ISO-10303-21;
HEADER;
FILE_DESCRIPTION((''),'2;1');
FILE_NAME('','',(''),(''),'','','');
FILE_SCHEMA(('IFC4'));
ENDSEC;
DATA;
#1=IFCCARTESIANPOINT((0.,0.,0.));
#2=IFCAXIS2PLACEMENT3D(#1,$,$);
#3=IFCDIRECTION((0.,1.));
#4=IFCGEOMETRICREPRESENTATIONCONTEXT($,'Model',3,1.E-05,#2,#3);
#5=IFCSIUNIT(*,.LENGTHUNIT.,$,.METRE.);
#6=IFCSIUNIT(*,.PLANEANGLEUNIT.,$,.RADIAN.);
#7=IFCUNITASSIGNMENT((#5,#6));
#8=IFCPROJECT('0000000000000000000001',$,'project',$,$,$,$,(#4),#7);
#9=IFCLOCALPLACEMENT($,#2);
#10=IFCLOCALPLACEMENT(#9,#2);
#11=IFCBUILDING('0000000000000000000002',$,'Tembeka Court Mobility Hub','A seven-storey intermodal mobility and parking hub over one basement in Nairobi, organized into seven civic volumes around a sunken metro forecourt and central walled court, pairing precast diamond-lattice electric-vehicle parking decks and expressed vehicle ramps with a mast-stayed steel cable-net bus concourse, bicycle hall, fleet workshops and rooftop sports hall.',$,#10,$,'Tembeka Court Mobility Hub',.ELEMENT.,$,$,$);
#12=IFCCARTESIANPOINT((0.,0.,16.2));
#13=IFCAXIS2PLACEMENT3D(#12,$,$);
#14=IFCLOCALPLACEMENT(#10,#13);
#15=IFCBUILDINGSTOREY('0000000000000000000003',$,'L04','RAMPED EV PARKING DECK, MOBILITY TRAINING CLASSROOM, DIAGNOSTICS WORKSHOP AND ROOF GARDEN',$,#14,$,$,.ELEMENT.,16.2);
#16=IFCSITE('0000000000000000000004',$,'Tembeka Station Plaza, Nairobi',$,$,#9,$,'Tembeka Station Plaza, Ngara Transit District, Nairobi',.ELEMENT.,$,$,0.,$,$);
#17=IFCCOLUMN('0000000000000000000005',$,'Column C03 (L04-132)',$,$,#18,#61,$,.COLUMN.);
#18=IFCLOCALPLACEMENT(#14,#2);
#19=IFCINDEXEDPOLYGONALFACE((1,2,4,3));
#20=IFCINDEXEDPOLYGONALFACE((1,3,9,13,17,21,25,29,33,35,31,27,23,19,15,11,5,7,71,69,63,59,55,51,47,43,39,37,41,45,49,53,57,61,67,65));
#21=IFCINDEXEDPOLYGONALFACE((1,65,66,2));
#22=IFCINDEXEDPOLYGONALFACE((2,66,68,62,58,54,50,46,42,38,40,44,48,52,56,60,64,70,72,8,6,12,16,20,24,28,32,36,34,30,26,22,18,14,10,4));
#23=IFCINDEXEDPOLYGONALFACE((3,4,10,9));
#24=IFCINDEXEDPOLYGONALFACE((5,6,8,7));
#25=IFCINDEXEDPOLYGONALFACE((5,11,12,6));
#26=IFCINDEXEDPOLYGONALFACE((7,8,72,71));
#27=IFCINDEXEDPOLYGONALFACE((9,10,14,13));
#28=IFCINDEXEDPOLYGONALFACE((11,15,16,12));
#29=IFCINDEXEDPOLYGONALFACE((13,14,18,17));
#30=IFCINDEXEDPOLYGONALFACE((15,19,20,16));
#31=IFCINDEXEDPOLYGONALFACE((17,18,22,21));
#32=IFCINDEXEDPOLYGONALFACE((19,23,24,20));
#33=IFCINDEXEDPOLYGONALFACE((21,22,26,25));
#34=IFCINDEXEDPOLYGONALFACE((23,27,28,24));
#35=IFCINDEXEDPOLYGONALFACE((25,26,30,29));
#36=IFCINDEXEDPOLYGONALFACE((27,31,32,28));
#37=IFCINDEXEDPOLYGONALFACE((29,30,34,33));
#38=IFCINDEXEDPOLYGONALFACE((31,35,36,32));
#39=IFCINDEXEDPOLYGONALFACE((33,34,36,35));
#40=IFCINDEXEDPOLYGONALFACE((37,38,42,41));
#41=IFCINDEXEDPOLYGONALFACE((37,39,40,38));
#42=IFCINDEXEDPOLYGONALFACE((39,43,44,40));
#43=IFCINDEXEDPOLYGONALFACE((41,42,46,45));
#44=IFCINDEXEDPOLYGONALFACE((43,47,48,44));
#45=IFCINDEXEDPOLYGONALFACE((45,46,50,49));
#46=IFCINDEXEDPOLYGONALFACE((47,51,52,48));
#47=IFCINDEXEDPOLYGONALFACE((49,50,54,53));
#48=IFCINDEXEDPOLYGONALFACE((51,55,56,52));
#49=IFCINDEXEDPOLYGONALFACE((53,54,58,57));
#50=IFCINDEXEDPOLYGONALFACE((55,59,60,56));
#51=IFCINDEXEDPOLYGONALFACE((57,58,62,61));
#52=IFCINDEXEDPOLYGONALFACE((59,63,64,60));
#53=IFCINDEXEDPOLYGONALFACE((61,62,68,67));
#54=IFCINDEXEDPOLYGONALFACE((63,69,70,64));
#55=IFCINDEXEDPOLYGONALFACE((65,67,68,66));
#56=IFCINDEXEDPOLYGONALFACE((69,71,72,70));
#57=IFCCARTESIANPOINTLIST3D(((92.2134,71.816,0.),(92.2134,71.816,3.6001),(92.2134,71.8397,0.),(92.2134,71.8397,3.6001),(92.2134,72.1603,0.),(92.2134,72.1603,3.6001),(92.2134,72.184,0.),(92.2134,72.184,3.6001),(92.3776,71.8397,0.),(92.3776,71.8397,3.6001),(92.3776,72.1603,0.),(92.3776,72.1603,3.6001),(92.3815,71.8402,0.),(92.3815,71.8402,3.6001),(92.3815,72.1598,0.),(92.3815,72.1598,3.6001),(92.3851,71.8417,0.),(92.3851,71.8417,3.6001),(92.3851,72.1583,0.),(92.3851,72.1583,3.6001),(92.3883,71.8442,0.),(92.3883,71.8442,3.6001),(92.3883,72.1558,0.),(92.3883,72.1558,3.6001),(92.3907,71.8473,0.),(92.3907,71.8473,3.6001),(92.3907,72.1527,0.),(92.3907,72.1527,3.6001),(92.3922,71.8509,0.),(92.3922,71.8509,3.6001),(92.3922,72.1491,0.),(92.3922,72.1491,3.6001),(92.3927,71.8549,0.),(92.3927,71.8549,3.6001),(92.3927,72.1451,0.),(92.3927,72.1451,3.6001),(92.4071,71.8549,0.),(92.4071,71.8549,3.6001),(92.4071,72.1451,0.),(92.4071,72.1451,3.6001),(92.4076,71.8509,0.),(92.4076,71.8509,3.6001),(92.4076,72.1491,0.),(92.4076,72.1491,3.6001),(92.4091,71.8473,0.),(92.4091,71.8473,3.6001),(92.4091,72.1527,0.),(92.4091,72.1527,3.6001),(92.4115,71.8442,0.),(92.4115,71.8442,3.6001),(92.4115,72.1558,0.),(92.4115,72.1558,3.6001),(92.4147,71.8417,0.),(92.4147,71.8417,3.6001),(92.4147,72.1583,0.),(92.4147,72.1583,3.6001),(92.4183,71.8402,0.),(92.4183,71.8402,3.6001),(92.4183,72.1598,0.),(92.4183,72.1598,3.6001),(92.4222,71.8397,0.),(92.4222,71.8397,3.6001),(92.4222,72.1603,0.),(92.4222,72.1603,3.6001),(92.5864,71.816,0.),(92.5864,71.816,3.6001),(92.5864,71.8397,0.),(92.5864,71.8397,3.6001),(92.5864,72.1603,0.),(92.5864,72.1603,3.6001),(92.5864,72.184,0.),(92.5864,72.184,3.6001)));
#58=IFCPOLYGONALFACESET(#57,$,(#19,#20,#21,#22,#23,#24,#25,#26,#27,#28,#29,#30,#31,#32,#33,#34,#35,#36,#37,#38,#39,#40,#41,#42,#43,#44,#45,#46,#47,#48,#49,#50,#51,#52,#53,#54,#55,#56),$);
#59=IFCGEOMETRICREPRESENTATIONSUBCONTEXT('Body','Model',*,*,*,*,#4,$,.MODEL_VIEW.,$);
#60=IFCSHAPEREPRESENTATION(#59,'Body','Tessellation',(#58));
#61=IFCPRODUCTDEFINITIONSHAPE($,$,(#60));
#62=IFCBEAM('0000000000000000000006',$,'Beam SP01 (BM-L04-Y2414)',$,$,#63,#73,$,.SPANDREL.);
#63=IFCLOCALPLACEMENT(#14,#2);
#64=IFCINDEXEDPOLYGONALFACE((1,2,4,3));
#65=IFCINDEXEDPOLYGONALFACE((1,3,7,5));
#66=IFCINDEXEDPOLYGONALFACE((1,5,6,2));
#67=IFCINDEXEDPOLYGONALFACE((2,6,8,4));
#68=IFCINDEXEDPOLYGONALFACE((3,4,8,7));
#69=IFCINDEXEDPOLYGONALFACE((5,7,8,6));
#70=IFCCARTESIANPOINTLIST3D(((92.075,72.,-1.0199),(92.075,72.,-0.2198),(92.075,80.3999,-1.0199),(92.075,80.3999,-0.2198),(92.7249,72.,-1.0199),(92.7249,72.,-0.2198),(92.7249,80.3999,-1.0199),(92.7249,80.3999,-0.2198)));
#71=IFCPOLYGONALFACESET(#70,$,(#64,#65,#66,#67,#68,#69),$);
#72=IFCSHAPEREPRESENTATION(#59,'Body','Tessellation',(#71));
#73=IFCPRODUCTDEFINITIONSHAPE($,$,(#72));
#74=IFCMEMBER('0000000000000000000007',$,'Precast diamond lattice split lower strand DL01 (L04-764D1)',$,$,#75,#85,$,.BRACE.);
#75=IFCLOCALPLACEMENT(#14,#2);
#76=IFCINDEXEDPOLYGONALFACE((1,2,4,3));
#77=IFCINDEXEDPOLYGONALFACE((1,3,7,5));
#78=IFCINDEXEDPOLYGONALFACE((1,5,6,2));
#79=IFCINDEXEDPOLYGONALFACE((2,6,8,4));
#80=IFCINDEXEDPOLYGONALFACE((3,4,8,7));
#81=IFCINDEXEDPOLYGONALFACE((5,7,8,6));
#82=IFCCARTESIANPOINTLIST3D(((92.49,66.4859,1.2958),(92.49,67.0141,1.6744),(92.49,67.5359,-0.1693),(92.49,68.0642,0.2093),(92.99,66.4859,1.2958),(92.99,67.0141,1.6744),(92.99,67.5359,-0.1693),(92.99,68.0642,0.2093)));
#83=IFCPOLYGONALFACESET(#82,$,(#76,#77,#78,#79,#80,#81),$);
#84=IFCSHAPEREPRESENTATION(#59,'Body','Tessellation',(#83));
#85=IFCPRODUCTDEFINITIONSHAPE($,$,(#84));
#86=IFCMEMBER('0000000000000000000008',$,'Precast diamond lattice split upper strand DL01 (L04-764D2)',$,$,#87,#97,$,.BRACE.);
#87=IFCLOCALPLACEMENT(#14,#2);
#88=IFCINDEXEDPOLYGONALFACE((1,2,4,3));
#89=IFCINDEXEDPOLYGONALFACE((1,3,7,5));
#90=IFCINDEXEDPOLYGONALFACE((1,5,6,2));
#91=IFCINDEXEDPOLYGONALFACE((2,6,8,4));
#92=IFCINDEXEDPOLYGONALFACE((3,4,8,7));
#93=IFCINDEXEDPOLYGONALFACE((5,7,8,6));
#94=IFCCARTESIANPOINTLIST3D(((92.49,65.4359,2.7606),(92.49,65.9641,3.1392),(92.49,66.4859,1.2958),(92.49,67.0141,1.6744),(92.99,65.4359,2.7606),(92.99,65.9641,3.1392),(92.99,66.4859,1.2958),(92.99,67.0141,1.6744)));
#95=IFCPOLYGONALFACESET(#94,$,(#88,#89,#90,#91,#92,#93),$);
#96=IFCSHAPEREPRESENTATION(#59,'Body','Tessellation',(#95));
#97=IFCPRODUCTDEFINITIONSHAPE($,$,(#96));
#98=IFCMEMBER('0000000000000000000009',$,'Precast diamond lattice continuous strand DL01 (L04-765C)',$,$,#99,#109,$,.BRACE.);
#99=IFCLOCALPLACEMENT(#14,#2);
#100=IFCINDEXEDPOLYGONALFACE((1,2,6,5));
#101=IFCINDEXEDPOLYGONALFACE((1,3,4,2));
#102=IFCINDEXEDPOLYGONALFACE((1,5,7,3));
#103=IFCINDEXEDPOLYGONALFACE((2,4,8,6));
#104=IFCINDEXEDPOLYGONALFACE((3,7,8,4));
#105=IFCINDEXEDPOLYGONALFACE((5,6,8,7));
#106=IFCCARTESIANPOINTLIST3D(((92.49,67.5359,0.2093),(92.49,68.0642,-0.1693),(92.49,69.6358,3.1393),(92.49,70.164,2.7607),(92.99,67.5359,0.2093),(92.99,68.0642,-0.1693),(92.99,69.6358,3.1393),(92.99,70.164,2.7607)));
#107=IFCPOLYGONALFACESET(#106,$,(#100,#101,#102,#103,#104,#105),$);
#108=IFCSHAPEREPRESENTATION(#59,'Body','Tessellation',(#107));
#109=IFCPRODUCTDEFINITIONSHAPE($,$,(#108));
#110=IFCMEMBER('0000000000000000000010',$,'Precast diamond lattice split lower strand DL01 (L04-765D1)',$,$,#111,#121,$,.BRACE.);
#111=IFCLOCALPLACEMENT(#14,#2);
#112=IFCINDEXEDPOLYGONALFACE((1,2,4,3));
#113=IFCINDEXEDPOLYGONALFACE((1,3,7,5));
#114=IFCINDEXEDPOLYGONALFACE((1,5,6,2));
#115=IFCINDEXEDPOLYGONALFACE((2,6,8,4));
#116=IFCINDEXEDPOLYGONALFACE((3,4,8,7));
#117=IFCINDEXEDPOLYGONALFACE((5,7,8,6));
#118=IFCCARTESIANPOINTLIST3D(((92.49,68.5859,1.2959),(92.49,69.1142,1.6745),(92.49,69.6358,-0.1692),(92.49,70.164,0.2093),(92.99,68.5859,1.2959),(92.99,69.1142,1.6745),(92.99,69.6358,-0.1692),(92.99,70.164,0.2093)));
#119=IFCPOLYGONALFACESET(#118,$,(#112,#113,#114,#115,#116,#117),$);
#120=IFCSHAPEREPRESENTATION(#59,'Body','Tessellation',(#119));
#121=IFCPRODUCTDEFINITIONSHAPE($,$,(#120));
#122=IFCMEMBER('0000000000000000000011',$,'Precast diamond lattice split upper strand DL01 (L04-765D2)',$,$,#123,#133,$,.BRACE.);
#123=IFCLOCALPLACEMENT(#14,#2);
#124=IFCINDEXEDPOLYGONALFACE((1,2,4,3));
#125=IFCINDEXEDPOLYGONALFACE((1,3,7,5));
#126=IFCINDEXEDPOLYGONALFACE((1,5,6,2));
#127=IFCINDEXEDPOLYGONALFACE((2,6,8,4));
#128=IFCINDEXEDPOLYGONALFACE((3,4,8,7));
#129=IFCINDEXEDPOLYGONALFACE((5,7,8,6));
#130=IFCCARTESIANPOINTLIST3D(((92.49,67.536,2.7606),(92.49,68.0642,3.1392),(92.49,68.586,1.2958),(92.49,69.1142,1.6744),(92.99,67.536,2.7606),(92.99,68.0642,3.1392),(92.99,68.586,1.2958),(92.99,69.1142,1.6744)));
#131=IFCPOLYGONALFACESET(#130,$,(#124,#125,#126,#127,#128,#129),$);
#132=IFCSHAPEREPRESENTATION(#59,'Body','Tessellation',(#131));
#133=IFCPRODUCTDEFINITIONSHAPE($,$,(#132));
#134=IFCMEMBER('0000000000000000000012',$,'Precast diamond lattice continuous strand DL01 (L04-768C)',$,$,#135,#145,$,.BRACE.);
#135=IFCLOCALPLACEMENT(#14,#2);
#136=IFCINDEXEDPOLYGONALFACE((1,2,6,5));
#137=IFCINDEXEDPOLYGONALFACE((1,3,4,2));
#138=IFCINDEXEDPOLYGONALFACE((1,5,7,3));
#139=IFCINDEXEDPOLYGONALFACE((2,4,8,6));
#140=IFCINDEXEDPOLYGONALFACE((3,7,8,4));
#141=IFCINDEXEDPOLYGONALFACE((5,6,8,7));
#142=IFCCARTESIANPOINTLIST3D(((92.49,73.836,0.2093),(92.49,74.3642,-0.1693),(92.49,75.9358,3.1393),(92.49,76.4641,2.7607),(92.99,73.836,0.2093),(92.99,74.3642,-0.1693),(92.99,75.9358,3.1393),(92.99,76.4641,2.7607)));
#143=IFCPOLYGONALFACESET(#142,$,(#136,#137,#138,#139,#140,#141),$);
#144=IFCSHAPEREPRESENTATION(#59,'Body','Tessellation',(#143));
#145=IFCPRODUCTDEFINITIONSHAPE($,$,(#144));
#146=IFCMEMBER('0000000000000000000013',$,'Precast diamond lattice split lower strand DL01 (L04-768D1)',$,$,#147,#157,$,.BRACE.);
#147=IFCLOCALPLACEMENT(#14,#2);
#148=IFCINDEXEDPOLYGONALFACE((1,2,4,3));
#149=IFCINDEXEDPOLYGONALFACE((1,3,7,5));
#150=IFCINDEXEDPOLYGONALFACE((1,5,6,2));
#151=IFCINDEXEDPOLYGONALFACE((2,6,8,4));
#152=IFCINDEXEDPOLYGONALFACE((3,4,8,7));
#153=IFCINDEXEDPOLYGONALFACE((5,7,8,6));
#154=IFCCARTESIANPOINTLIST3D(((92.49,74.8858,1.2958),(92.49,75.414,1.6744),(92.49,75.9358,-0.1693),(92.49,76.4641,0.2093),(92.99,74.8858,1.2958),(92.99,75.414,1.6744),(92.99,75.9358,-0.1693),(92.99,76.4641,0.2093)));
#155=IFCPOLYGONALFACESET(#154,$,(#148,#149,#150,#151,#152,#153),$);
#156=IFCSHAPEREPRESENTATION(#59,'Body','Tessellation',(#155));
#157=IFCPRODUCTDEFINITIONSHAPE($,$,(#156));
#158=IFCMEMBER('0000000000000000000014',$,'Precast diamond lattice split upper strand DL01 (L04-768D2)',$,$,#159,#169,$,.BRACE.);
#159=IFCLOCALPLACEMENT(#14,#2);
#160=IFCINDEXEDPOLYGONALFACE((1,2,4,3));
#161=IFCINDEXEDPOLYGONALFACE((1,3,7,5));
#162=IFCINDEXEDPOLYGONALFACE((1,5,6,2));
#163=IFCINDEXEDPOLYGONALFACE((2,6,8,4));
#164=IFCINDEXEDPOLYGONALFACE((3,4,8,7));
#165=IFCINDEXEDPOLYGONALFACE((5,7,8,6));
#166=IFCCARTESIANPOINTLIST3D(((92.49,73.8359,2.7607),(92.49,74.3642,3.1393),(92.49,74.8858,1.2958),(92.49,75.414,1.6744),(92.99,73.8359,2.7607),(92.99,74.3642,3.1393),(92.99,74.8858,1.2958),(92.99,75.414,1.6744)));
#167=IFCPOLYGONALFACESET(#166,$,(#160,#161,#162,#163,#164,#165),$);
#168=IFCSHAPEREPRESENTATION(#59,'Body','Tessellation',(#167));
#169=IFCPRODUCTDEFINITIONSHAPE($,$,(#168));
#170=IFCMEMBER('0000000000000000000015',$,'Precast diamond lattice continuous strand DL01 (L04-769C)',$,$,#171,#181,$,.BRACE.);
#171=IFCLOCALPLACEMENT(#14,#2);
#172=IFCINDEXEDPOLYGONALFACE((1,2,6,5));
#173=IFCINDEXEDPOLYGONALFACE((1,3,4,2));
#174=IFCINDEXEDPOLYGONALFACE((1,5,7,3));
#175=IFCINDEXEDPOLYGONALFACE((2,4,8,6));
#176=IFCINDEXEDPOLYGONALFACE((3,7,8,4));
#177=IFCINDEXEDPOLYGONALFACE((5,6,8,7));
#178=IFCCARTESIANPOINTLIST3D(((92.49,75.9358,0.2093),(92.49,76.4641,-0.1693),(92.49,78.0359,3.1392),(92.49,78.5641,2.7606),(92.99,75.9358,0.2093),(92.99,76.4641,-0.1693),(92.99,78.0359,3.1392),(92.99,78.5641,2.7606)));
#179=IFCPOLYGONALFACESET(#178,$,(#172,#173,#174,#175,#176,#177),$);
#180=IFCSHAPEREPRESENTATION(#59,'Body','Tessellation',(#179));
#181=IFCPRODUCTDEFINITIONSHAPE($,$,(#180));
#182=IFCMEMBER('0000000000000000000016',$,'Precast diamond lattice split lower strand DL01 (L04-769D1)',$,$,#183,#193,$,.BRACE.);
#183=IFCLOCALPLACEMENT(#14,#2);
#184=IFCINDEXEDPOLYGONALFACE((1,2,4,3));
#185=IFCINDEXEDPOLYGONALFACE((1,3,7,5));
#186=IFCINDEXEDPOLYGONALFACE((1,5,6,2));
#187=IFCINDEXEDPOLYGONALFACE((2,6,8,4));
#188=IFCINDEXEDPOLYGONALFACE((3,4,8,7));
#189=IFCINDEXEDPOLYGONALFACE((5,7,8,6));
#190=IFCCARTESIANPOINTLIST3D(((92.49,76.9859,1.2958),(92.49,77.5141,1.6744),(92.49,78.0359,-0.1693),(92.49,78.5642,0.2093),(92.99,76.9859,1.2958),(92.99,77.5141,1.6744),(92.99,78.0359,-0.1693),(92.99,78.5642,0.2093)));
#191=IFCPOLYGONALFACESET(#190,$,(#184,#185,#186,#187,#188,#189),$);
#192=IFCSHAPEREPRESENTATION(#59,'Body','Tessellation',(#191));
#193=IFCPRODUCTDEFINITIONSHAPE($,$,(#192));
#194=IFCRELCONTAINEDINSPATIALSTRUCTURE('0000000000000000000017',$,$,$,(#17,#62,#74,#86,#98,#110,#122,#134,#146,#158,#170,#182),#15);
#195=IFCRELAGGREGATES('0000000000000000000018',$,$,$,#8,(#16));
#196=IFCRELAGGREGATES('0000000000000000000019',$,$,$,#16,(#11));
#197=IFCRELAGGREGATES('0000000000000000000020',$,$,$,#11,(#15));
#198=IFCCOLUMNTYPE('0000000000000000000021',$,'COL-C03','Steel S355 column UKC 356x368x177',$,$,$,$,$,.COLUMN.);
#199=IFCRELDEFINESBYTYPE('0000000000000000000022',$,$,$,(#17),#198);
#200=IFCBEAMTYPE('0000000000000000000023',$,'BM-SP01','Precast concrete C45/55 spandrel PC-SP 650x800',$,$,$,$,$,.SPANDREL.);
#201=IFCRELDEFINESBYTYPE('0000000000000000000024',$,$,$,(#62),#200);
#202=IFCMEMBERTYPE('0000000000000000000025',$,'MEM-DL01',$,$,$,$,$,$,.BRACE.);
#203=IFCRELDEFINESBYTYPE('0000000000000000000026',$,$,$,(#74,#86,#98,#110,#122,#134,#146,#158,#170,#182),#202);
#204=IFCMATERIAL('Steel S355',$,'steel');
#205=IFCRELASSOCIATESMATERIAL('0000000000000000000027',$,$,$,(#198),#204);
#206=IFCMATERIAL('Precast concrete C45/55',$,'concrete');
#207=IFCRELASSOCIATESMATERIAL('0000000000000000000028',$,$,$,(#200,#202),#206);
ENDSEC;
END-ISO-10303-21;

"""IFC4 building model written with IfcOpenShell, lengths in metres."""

from ifc_helpers import new_model, si_unit, direction, frame, origin, origin_2d, place, context, subcontext, project, spatial, rectangle, i_section, extrude, material, material_profile, profile_set, type_object, element, save


model = new_model("IFC4")

# Units and contexts
model_context = context("Model", 3, precision=1e-05, world=origin(), true_north=direction((0.0, 1.0)))
body_context = subcontext(model_context, "Body", "Model", "MODEL_VIEW")
ifc_project = project(units=[si_unit("LENGTHUNIT", "METRE"), si_unit("PLANEANGLEUNIT", "RADIAN")], contexts=[model_context])

# Site, building, storey
site_placement = place(None, origin())
site = spatial("IfcSite", under=ifc_project, at=site_placement, Name="Tembeka Station Plaza, Nairobi", LongName="Tembeka Station Plaza, Ngara Transit District, Nairobi", CompositionType="ELEMENT", RefElevation=0.0)
building_placement = place(site_placement, origin())
building = spatial("IfcBuilding", under=site, at=building_placement, Name="Tembeka Court Mobility Hub", Description="A seven-storey intermodal mobility and parking hub over one basement in Nairobi, organized into seven civic volumes around a sunken metro forecourt and central walled court, pairing precast diamond-lattice electric-vehicle parking decks and expressed vehicle ramps with a mast-stayed steel cable-net bus concourse, bicycle hall, fleet workshops and rooftop sports hall.", LongName="Tembeka Court Mobility Hub", CompositionType="ELEMENT")
storey_placement = place(building_placement, frame((0.0, 0.0, 16.2)))
storey = spatial("IfcBuildingStorey", under=building, at=storey_placement, Name="L04", Description="RAMPED EV PARKING DECK, MOBILITY TRAINING CLASSROOM, DIAGNOSTICS WORKSHOP AND ROOF GARDEN", CompositionType="ELEMENT", Elevation=16.2)

# Column
ifc_material_1 = material(Name="Steel S355", Category="steel")
ifc_material_profile_1 = material_profile(ifc_material_1, i_section(OverallWidth=0.373, OverallDepth=0.3679, WebThickness=0.0144, FlangeThickness=0.0237, FilletRadius=0.0151, at=origin_2d()), Name="UKC 356x368x177")
ifc_profile_set_1 = profile_set([ifc_material_profile_1], Name="Steel S355")
column_type = type_object("IfcColumnType", Name="COL-C03", Description="Steel S355 column UKC 356x368x177", PredefinedType="COLUMN", material=ifc_profile_set_1)
column_placement = place(storey_placement, frame((92.3999, 72.0, 0.0), z_axis=(0.0, 0.0, 1.0), x_axis=(1.0, 0.0, 0.0)))
element("IfcColumn", 1, at=column_placement, inside=storey, type_object=column_type, Name="Column C03 (L04-132)", PredefinedType="COLUMN", context=body_context, shape_type="SweptSolid", body=[
    extrude(i_section(OverallWidth=0.373, OverallDepth=0.3679, WebThickness=0.0144, FlangeThickness=0.0237, FilletRadius=0.0151, at=origin_2d()), origin(), (0.0, 0.0, 1.0), 3.6001),
])

# Beam
ifc_material_2 = material(Name="Precast concrete C45/55", Category="concrete")
ifc_material_profile_2 = material_profile(ifc_material_2, rectangle(XDim=0.6499, YDim=0.8, at=origin_2d()), Name="PC-SP 650x800")
ifc_profile_set_2 = profile_set([ifc_material_profile_2], Name="Precast concrete C45/55")
beam_type = type_object("IfcBeamType", Name="BM-SP01", Description="Precast concrete C45/55 spandrel PC-SP 650x800", PredefinedType="SPANDREL", material=ifc_profile_set_2)
beam_placement = place(storey_placement, frame((92.3999, 72.0, -0.6199), z_axis=(0.0, 1.0, 0.0), x_axis=(-1.0, 0.0, 0.0)))
element("IfcBeam", 2, at=beam_placement, inside=storey, type_object=beam_type, Name="Beam SP01 (BM-L04-Y2414)", PredefinedType="SPANDREL", context=body_context, shape_type="SweptSolid", body=[
    extrude(rectangle(XDim=0.6499, YDim=0.8, at=origin_2d()), origin(), (0.0, 0.0, 1.0), 8.3999),
])

# Members
ifc_material_profile_3 = material_profile(ifc_material_2, rectangle(XDim=0.5, YDim=0.6499, at=origin_2d()), Name="PC-DIAG 500x650")
ifc_profile_set_3 = profile_set([ifc_material_profile_3], Name="Precast concrete C45/55")
member_type_1 = type_object("IfcMemberType", Name="MEM-DL01", PredefinedType="BRACE", material=ifc_profile_set_3)
member_1_placement = place(storey_placement, frame((92.74, 67.8, 0.02), z_axis=(0.0, -0.582544, 0.812799), x_axis=(1.0, 0.0, 0.0)))
element("IfcMember", 3, at=member_1_placement, inside=storey, type_object=member_type_1, Name="Precast diamond lattice split lower strand DL01 (L04-764D1)", PredefinedType="BRACE", context=body_context, shape_type="SweptSolid", body=[
    extrude(rectangle(XDim=0.5, YDim=0.6499, at=origin_2d()), origin(), (0.0, 0.0, 1.0), 1.8025),
])
member_2_placement = place(storey_placement, frame((92.74, 66.75, 1.4851), z_axis=(0.0, -0.582608, 0.812753), x_axis=(1.0, 0.0, 0.0)))
element("IfcMember", 4, at=member_2_placement, inside=storey, type_object=member_type_1, Name="Precast diamond lattice split upper strand DL01 (L04-764D2)", PredefinedType="BRACE", context=body_context, shape_type="SweptSolid", body=[
    extrude(rectangle(XDim=0.5, YDim=0.6499, at=origin_2d()), origin(), (0.0, 0.0, 1.0), 1.8022),
])
member_3_placement = place(storey_placement, frame((92.74, 67.8, 0.02), z_axis=(0.0, 0.582532, 0.812808), x_axis=(-1.0, 0.0, 0.0)))
element("IfcMember", 5, at=member_3_placement, inside=storey, type_object=member_type_1, Name="Precast diamond lattice continuous strand DL01 (L04-765C)", PredefinedType="BRACE", context=body_context, shape_type="SweptSolid", body=[
    extrude(rectangle(XDim=0.5, YDim=0.6499, at=origin_2d()), origin(), (0.0, 0.0, 1.0), 3.6047),
])
member_4_placement = place(storey_placement, frame((92.74, 69.8999, 0.02), z_axis=(0.0, -0.582455, 0.812863), x_axis=(1.0, 0.0, 0.0)))
element("IfcMember", 6, at=member_4_placement, inside=storey, type_object=member_type_1, Name="Precast diamond lattice split lower strand DL01 (L04-765D1)", PredefinedType="BRACE", context=body_context, shape_type="SweptSolid", body=[
    extrude(rectangle(XDim=0.5, YDim=0.6499, at=origin_2d()), origin(), (0.0, 0.0, 1.0), 1.8025),
])
member_5_placement = place(storey_placement, frame((92.74, 68.8501, 1.4851), z_axis=(0.0, -0.582608, 0.812753), x_axis=(1.0, 0.0, 0.0)))
element("IfcMember", 7, at=member_5_placement, inside=storey, type_object=member_type_1, Name="Precast diamond lattice split upper strand DL01 (L04-765D2)", PredefinedType="BRACE", context=body_context, shape_type="SweptSolid", body=[
    extrude(rectangle(XDim=0.5, YDim=0.6499, at=origin_2d()), origin(), (0.0, 0.0, 1.0), 1.8022),
])
member_6_placement = place(storey_placement, frame((92.74, 74.1001, 0.02), z_axis=(0.0, 0.582532, 0.812808), x_axis=(-1.0, 0.0, 0.0)))
element("IfcMember", 8, at=member_6_placement, inside=storey, type_object=member_type_1, Name="Precast diamond lattice continuous strand DL01 (L04-768C)", PredefinedType="BRACE", context=body_context, shape_type="SweptSolid", body=[
    extrude(rectangle(XDim=0.5, YDim=0.6499, at=origin_2d()), origin(), (0.0, 0.0, 1.0), 3.6047),
])
member_7_placement = place(storey_placement, frame((92.74, 76.2, 0.02), z_axis=(0.0, -0.582544, 0.812799), x_axis=(1.0, 0.0, 0.0)))
element("IfcMember", 9, at=member_7_placement, inside=storey, type_object=member_type_1, Name="Precast diamond lattice split lower strand DL01 (L04-768D1)", PredefinedType="BRACE", context=body_context, shape_type="SweptSolid", body=[
    extrude(rectangle(XDim=0.5, YDim=0.6499, at=origin_2d()), origin(), (0.0, 0.0, 1.0), 1.8025),
])
member_8_placement = place(storey_placement, frame((92.74, 75.1499, 1.4851), z_axis=(0.0, -0.582519, 0.812817), x_axis=(1.0, 0.0, 0.0)))
element("IfcMember", 10, at=member_8_placement, inside=storey, type_object=member_type_1, Name="Precast diamond lattice split upper strand DL01 (L04-768D2)", PredefinedType="BRACE", context=body_context, shape_type="SweptSolid", body=[
    extrude(rectangle(XDim=0.5, YDim=0.6499, at=origin_2d()), origin(), (0.0, 0.0, 1.0), 1.8022),
])
member_9_placement = place(storey_placement, frame((92.74, 76.2, 0.02), z_axis=(0.0, 0.582576, 0.812776), x_axis=(-1.0, 0.0, 0.0)))
element("IfcMember", 11, at=member_9_placement, inside=storey, type_object=member_type_1, Name="Precast diamond lattice continuous strand DL01 (L04-769C)", PredefinedType="BRACE", context=body_context, shape_type="SweptSolid", body=[
    extrude(rectangle(XDim=0.5, YDim=0.6499, at=origin_2d()), origin(), (0.0, 0.0, 1.0), 3.6047),
])
member_10_placement = place(storey_placement, frame((92.74, 78.3, 0.02), z_axis=(0.0, -0.582544, 0.812799), x_axis=(1.0, 0.0, 0.0)))
element("IfcMember", 12, at=member_10_placement, inside=storey, type_object=member_type_1, Name="Precast diamond lattice split lower strand DL01 (L04-769D1)", PredefinedType="BRACE", context=body_context, shape_type="SweptSolid", body=[
    extrude(rectangle(XDim=0.5, YDim=0.6499, at=origin_2d()), origin(), (0.0, 0.0, 1.0), 1.8025),
])

save(model, "model.ifc")
